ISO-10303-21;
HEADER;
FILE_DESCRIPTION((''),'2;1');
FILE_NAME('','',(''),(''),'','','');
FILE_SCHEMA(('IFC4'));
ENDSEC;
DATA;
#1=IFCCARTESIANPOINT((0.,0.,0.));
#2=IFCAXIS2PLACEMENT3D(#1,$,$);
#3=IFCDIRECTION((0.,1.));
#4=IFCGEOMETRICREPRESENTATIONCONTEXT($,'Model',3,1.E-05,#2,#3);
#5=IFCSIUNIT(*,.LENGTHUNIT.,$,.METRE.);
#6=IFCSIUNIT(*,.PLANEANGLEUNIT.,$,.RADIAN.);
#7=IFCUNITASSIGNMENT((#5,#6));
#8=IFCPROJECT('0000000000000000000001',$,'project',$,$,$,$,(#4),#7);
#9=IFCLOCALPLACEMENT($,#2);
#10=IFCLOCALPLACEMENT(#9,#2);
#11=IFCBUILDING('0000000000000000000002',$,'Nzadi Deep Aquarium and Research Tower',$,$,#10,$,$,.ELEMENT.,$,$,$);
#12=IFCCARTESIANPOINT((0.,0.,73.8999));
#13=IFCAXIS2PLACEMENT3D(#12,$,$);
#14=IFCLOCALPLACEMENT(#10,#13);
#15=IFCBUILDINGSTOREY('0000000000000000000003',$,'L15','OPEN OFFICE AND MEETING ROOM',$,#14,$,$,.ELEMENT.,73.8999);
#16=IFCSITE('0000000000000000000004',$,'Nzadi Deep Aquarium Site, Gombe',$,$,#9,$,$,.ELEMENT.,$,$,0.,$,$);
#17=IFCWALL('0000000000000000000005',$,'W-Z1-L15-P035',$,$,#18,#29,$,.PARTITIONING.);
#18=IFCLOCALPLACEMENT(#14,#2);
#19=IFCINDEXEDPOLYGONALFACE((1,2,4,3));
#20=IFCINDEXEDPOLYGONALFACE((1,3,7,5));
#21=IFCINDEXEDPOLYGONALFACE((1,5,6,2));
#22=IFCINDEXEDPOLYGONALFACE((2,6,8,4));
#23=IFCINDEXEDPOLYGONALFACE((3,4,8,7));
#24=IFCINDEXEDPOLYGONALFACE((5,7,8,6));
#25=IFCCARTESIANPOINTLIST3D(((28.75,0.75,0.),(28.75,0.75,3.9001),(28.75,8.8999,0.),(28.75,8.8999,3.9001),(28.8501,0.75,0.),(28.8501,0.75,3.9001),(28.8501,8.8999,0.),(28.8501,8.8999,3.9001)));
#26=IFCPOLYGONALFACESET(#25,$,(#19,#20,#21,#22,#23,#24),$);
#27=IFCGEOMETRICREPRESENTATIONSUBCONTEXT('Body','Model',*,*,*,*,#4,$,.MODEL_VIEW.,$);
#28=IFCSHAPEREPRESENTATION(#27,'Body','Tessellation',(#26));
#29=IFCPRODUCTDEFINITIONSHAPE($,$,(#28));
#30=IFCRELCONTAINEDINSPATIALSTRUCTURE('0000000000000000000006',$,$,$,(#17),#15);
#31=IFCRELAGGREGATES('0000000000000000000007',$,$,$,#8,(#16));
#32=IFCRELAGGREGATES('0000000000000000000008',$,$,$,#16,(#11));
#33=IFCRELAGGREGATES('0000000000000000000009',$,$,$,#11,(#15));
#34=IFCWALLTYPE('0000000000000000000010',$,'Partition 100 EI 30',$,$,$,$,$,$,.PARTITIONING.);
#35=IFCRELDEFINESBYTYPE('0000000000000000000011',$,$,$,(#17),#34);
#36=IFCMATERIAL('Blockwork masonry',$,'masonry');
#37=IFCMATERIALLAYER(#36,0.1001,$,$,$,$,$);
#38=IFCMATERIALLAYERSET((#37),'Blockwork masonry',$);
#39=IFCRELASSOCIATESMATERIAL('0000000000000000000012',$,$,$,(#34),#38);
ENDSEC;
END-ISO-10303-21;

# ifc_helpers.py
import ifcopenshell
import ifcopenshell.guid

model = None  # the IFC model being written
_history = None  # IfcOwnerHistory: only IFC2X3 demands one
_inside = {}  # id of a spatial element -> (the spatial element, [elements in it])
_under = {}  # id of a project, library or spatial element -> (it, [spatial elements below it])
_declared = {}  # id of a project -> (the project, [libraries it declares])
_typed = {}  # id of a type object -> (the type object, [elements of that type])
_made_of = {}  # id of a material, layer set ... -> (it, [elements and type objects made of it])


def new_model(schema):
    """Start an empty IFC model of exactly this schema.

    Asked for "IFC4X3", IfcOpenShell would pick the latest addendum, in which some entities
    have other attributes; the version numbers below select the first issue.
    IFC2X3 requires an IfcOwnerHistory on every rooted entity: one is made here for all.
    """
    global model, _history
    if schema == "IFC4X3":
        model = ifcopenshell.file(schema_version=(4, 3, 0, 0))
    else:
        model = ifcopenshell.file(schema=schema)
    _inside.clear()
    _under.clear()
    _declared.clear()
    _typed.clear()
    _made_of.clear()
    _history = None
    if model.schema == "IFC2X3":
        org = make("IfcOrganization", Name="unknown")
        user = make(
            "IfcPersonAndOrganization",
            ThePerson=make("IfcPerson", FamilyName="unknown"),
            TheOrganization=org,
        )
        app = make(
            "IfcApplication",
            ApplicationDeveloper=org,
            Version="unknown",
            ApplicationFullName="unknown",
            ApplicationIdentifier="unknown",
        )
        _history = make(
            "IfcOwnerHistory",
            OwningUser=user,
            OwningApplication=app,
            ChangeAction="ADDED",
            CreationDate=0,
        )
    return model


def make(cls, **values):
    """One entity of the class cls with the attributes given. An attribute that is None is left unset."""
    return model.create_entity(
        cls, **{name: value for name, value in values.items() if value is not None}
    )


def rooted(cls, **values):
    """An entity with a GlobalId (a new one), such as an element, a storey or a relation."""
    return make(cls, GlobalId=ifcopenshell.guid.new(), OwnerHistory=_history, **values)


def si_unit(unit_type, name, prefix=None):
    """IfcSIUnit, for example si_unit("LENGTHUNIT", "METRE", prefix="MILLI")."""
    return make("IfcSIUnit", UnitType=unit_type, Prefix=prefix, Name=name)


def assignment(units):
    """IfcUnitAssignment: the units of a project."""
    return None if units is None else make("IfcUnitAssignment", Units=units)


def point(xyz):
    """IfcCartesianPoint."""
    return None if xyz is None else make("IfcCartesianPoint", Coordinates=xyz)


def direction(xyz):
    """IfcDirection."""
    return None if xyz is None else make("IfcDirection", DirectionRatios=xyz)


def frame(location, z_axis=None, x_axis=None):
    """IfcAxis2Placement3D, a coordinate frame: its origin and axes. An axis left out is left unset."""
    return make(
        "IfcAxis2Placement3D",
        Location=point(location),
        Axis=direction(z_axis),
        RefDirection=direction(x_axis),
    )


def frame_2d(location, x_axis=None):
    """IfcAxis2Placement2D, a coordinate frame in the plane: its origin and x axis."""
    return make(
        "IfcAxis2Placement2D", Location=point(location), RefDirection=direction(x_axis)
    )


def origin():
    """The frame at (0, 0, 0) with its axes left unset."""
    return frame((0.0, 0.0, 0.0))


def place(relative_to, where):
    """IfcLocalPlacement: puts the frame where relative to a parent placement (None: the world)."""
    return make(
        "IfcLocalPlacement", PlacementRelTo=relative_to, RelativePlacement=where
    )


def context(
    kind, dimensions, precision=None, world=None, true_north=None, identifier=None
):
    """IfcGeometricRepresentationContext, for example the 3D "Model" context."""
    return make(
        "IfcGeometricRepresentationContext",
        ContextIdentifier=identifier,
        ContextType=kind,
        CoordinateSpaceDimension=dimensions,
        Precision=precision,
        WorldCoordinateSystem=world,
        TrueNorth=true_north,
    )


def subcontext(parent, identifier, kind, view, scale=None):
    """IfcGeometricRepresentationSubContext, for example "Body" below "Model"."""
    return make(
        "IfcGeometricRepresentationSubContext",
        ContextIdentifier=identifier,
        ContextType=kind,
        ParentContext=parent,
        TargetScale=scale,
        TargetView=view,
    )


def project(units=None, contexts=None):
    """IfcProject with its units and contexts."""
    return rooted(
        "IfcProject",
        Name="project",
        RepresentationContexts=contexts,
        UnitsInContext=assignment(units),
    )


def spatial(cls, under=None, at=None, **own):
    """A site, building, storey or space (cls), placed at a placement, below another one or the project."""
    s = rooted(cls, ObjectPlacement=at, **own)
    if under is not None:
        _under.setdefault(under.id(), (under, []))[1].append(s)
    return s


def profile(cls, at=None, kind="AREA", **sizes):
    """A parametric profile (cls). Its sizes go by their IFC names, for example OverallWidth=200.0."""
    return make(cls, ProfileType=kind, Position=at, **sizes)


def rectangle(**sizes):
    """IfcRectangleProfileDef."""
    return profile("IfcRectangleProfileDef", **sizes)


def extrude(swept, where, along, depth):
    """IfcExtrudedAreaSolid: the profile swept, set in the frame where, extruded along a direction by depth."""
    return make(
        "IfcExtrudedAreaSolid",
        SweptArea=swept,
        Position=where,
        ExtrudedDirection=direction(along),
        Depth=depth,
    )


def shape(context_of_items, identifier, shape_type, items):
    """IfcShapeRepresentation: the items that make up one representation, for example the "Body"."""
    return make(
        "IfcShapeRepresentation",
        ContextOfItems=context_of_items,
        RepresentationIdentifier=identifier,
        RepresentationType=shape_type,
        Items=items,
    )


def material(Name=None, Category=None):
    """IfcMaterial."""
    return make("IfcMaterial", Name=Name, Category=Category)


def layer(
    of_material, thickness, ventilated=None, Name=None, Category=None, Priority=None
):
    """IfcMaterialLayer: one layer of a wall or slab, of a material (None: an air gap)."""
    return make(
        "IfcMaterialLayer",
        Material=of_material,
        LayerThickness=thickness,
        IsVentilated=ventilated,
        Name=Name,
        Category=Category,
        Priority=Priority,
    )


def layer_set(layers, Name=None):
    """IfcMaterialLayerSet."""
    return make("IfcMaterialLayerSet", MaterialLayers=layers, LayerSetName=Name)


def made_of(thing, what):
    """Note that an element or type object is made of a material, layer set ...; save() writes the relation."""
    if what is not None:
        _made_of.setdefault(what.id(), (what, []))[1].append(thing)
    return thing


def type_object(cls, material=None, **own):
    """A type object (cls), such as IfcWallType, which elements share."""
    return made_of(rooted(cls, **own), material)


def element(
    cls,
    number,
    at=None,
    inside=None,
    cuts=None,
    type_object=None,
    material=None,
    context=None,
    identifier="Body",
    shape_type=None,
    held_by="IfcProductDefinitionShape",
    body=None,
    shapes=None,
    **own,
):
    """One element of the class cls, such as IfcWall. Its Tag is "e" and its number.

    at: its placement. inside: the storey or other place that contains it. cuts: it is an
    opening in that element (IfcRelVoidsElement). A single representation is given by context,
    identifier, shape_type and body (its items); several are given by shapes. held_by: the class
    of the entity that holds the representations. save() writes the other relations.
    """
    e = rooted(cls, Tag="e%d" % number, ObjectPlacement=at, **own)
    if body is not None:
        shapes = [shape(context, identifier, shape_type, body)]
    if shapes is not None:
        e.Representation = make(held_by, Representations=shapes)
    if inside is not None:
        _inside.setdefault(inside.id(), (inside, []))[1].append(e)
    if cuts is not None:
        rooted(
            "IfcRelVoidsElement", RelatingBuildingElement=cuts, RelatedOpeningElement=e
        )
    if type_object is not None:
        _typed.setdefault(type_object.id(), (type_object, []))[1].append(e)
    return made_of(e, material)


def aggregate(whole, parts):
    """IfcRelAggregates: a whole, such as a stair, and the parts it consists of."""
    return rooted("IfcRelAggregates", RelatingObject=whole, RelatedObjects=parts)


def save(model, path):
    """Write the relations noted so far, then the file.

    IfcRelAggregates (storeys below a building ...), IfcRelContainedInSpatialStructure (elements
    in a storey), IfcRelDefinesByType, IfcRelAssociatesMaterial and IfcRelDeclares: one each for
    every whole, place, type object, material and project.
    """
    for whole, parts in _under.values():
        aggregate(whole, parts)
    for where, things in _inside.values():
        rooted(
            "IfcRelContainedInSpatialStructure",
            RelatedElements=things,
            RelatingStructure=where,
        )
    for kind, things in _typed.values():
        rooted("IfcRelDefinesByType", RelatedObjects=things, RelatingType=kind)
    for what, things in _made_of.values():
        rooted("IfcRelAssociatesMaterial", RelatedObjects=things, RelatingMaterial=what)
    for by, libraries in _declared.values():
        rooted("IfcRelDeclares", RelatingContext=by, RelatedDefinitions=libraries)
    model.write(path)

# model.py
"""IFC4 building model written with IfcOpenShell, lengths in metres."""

from ifc_helpers import new_model, si_unit, direction, frame, frame_2d, origin, place, context, subcontext, project, spatial, rectangle, extrude, material, layer, layer_set, type_object, element, save


model = new_model("IFC4")

# Units and contexts
model_context = context("Model", 3, precision=1e-05, world=origin(), true_north=direction((0.0, 1.0)))
body_context = subcontext(model_context, "Body", "Model", "MODEL_VIEW")
ifc_project = project(units=[si_unit("LENGTHUNIT", "METRE"), si_unit("PLANEANGLEUNIT", "RADIAN")], contexts=[model_context])

# Site, building, storey
site_placement = place(None, origin())
site = spatial("IfcSite", under=ifc_project, at=site_placement, Name="Nzadi Deep Aquarium Site, Gombe", CompositionType="ELEMENT", RefElevation=0.0)
building_placement = place(site_placement, origin())
building = spatial("IfcBuilding", under=site, at=building_placement, Name="Nzadi Deep Aquarium and Research Tower", CompositionType="ELEMENT")
storey_placement = place(building_placement, frame((0.0, 0.0, 73.8999)))
storey = spatial("IfcBuildingStorey", under=building, at=storey_placement, Name="L15", Description="OPEN OFFICE AND MEETING ROOM", CompositionType="ELEMENT", Elevation=73.8999)

# Wall
ifc_material_1 = material(Name="Blockwork masonry", Category="masonry")
ifc_layer_1 = layer(ifc_material_1, 0.1001)
ifc_layer_set_1 = layer_set([ifc_layer_1], Name="Blockwork masonry")
wall_type_1 = type_object("IfcWallType", Name="Partition 100 EI 30", PredefinedType="PARTITIONING", material=ifc_layer_set_1)
wall_1_placement = place(storey_placement, frame((28.8, 0.75, 0.0), z_axis=(0.0, 0.0, 1.0), x_axis=(0.0, 1.0, 0.0)))
element("IfcWall", 1, at=wall_1_placement, inside=storey, type_object=wall_type_1, Name="W-Z1-L15-P035", PredefinedType="PARTITIONING", context=body_context, shape_type="SweptSolid", body=[
    extrude(rectangle(XDim=8.1499, YDim=0.1001, at=frame_2d((4.075, 0.0))), origin(), (0.0, 0.0, 1.0), 3.9001),
])

save(model, "model.ifc")
